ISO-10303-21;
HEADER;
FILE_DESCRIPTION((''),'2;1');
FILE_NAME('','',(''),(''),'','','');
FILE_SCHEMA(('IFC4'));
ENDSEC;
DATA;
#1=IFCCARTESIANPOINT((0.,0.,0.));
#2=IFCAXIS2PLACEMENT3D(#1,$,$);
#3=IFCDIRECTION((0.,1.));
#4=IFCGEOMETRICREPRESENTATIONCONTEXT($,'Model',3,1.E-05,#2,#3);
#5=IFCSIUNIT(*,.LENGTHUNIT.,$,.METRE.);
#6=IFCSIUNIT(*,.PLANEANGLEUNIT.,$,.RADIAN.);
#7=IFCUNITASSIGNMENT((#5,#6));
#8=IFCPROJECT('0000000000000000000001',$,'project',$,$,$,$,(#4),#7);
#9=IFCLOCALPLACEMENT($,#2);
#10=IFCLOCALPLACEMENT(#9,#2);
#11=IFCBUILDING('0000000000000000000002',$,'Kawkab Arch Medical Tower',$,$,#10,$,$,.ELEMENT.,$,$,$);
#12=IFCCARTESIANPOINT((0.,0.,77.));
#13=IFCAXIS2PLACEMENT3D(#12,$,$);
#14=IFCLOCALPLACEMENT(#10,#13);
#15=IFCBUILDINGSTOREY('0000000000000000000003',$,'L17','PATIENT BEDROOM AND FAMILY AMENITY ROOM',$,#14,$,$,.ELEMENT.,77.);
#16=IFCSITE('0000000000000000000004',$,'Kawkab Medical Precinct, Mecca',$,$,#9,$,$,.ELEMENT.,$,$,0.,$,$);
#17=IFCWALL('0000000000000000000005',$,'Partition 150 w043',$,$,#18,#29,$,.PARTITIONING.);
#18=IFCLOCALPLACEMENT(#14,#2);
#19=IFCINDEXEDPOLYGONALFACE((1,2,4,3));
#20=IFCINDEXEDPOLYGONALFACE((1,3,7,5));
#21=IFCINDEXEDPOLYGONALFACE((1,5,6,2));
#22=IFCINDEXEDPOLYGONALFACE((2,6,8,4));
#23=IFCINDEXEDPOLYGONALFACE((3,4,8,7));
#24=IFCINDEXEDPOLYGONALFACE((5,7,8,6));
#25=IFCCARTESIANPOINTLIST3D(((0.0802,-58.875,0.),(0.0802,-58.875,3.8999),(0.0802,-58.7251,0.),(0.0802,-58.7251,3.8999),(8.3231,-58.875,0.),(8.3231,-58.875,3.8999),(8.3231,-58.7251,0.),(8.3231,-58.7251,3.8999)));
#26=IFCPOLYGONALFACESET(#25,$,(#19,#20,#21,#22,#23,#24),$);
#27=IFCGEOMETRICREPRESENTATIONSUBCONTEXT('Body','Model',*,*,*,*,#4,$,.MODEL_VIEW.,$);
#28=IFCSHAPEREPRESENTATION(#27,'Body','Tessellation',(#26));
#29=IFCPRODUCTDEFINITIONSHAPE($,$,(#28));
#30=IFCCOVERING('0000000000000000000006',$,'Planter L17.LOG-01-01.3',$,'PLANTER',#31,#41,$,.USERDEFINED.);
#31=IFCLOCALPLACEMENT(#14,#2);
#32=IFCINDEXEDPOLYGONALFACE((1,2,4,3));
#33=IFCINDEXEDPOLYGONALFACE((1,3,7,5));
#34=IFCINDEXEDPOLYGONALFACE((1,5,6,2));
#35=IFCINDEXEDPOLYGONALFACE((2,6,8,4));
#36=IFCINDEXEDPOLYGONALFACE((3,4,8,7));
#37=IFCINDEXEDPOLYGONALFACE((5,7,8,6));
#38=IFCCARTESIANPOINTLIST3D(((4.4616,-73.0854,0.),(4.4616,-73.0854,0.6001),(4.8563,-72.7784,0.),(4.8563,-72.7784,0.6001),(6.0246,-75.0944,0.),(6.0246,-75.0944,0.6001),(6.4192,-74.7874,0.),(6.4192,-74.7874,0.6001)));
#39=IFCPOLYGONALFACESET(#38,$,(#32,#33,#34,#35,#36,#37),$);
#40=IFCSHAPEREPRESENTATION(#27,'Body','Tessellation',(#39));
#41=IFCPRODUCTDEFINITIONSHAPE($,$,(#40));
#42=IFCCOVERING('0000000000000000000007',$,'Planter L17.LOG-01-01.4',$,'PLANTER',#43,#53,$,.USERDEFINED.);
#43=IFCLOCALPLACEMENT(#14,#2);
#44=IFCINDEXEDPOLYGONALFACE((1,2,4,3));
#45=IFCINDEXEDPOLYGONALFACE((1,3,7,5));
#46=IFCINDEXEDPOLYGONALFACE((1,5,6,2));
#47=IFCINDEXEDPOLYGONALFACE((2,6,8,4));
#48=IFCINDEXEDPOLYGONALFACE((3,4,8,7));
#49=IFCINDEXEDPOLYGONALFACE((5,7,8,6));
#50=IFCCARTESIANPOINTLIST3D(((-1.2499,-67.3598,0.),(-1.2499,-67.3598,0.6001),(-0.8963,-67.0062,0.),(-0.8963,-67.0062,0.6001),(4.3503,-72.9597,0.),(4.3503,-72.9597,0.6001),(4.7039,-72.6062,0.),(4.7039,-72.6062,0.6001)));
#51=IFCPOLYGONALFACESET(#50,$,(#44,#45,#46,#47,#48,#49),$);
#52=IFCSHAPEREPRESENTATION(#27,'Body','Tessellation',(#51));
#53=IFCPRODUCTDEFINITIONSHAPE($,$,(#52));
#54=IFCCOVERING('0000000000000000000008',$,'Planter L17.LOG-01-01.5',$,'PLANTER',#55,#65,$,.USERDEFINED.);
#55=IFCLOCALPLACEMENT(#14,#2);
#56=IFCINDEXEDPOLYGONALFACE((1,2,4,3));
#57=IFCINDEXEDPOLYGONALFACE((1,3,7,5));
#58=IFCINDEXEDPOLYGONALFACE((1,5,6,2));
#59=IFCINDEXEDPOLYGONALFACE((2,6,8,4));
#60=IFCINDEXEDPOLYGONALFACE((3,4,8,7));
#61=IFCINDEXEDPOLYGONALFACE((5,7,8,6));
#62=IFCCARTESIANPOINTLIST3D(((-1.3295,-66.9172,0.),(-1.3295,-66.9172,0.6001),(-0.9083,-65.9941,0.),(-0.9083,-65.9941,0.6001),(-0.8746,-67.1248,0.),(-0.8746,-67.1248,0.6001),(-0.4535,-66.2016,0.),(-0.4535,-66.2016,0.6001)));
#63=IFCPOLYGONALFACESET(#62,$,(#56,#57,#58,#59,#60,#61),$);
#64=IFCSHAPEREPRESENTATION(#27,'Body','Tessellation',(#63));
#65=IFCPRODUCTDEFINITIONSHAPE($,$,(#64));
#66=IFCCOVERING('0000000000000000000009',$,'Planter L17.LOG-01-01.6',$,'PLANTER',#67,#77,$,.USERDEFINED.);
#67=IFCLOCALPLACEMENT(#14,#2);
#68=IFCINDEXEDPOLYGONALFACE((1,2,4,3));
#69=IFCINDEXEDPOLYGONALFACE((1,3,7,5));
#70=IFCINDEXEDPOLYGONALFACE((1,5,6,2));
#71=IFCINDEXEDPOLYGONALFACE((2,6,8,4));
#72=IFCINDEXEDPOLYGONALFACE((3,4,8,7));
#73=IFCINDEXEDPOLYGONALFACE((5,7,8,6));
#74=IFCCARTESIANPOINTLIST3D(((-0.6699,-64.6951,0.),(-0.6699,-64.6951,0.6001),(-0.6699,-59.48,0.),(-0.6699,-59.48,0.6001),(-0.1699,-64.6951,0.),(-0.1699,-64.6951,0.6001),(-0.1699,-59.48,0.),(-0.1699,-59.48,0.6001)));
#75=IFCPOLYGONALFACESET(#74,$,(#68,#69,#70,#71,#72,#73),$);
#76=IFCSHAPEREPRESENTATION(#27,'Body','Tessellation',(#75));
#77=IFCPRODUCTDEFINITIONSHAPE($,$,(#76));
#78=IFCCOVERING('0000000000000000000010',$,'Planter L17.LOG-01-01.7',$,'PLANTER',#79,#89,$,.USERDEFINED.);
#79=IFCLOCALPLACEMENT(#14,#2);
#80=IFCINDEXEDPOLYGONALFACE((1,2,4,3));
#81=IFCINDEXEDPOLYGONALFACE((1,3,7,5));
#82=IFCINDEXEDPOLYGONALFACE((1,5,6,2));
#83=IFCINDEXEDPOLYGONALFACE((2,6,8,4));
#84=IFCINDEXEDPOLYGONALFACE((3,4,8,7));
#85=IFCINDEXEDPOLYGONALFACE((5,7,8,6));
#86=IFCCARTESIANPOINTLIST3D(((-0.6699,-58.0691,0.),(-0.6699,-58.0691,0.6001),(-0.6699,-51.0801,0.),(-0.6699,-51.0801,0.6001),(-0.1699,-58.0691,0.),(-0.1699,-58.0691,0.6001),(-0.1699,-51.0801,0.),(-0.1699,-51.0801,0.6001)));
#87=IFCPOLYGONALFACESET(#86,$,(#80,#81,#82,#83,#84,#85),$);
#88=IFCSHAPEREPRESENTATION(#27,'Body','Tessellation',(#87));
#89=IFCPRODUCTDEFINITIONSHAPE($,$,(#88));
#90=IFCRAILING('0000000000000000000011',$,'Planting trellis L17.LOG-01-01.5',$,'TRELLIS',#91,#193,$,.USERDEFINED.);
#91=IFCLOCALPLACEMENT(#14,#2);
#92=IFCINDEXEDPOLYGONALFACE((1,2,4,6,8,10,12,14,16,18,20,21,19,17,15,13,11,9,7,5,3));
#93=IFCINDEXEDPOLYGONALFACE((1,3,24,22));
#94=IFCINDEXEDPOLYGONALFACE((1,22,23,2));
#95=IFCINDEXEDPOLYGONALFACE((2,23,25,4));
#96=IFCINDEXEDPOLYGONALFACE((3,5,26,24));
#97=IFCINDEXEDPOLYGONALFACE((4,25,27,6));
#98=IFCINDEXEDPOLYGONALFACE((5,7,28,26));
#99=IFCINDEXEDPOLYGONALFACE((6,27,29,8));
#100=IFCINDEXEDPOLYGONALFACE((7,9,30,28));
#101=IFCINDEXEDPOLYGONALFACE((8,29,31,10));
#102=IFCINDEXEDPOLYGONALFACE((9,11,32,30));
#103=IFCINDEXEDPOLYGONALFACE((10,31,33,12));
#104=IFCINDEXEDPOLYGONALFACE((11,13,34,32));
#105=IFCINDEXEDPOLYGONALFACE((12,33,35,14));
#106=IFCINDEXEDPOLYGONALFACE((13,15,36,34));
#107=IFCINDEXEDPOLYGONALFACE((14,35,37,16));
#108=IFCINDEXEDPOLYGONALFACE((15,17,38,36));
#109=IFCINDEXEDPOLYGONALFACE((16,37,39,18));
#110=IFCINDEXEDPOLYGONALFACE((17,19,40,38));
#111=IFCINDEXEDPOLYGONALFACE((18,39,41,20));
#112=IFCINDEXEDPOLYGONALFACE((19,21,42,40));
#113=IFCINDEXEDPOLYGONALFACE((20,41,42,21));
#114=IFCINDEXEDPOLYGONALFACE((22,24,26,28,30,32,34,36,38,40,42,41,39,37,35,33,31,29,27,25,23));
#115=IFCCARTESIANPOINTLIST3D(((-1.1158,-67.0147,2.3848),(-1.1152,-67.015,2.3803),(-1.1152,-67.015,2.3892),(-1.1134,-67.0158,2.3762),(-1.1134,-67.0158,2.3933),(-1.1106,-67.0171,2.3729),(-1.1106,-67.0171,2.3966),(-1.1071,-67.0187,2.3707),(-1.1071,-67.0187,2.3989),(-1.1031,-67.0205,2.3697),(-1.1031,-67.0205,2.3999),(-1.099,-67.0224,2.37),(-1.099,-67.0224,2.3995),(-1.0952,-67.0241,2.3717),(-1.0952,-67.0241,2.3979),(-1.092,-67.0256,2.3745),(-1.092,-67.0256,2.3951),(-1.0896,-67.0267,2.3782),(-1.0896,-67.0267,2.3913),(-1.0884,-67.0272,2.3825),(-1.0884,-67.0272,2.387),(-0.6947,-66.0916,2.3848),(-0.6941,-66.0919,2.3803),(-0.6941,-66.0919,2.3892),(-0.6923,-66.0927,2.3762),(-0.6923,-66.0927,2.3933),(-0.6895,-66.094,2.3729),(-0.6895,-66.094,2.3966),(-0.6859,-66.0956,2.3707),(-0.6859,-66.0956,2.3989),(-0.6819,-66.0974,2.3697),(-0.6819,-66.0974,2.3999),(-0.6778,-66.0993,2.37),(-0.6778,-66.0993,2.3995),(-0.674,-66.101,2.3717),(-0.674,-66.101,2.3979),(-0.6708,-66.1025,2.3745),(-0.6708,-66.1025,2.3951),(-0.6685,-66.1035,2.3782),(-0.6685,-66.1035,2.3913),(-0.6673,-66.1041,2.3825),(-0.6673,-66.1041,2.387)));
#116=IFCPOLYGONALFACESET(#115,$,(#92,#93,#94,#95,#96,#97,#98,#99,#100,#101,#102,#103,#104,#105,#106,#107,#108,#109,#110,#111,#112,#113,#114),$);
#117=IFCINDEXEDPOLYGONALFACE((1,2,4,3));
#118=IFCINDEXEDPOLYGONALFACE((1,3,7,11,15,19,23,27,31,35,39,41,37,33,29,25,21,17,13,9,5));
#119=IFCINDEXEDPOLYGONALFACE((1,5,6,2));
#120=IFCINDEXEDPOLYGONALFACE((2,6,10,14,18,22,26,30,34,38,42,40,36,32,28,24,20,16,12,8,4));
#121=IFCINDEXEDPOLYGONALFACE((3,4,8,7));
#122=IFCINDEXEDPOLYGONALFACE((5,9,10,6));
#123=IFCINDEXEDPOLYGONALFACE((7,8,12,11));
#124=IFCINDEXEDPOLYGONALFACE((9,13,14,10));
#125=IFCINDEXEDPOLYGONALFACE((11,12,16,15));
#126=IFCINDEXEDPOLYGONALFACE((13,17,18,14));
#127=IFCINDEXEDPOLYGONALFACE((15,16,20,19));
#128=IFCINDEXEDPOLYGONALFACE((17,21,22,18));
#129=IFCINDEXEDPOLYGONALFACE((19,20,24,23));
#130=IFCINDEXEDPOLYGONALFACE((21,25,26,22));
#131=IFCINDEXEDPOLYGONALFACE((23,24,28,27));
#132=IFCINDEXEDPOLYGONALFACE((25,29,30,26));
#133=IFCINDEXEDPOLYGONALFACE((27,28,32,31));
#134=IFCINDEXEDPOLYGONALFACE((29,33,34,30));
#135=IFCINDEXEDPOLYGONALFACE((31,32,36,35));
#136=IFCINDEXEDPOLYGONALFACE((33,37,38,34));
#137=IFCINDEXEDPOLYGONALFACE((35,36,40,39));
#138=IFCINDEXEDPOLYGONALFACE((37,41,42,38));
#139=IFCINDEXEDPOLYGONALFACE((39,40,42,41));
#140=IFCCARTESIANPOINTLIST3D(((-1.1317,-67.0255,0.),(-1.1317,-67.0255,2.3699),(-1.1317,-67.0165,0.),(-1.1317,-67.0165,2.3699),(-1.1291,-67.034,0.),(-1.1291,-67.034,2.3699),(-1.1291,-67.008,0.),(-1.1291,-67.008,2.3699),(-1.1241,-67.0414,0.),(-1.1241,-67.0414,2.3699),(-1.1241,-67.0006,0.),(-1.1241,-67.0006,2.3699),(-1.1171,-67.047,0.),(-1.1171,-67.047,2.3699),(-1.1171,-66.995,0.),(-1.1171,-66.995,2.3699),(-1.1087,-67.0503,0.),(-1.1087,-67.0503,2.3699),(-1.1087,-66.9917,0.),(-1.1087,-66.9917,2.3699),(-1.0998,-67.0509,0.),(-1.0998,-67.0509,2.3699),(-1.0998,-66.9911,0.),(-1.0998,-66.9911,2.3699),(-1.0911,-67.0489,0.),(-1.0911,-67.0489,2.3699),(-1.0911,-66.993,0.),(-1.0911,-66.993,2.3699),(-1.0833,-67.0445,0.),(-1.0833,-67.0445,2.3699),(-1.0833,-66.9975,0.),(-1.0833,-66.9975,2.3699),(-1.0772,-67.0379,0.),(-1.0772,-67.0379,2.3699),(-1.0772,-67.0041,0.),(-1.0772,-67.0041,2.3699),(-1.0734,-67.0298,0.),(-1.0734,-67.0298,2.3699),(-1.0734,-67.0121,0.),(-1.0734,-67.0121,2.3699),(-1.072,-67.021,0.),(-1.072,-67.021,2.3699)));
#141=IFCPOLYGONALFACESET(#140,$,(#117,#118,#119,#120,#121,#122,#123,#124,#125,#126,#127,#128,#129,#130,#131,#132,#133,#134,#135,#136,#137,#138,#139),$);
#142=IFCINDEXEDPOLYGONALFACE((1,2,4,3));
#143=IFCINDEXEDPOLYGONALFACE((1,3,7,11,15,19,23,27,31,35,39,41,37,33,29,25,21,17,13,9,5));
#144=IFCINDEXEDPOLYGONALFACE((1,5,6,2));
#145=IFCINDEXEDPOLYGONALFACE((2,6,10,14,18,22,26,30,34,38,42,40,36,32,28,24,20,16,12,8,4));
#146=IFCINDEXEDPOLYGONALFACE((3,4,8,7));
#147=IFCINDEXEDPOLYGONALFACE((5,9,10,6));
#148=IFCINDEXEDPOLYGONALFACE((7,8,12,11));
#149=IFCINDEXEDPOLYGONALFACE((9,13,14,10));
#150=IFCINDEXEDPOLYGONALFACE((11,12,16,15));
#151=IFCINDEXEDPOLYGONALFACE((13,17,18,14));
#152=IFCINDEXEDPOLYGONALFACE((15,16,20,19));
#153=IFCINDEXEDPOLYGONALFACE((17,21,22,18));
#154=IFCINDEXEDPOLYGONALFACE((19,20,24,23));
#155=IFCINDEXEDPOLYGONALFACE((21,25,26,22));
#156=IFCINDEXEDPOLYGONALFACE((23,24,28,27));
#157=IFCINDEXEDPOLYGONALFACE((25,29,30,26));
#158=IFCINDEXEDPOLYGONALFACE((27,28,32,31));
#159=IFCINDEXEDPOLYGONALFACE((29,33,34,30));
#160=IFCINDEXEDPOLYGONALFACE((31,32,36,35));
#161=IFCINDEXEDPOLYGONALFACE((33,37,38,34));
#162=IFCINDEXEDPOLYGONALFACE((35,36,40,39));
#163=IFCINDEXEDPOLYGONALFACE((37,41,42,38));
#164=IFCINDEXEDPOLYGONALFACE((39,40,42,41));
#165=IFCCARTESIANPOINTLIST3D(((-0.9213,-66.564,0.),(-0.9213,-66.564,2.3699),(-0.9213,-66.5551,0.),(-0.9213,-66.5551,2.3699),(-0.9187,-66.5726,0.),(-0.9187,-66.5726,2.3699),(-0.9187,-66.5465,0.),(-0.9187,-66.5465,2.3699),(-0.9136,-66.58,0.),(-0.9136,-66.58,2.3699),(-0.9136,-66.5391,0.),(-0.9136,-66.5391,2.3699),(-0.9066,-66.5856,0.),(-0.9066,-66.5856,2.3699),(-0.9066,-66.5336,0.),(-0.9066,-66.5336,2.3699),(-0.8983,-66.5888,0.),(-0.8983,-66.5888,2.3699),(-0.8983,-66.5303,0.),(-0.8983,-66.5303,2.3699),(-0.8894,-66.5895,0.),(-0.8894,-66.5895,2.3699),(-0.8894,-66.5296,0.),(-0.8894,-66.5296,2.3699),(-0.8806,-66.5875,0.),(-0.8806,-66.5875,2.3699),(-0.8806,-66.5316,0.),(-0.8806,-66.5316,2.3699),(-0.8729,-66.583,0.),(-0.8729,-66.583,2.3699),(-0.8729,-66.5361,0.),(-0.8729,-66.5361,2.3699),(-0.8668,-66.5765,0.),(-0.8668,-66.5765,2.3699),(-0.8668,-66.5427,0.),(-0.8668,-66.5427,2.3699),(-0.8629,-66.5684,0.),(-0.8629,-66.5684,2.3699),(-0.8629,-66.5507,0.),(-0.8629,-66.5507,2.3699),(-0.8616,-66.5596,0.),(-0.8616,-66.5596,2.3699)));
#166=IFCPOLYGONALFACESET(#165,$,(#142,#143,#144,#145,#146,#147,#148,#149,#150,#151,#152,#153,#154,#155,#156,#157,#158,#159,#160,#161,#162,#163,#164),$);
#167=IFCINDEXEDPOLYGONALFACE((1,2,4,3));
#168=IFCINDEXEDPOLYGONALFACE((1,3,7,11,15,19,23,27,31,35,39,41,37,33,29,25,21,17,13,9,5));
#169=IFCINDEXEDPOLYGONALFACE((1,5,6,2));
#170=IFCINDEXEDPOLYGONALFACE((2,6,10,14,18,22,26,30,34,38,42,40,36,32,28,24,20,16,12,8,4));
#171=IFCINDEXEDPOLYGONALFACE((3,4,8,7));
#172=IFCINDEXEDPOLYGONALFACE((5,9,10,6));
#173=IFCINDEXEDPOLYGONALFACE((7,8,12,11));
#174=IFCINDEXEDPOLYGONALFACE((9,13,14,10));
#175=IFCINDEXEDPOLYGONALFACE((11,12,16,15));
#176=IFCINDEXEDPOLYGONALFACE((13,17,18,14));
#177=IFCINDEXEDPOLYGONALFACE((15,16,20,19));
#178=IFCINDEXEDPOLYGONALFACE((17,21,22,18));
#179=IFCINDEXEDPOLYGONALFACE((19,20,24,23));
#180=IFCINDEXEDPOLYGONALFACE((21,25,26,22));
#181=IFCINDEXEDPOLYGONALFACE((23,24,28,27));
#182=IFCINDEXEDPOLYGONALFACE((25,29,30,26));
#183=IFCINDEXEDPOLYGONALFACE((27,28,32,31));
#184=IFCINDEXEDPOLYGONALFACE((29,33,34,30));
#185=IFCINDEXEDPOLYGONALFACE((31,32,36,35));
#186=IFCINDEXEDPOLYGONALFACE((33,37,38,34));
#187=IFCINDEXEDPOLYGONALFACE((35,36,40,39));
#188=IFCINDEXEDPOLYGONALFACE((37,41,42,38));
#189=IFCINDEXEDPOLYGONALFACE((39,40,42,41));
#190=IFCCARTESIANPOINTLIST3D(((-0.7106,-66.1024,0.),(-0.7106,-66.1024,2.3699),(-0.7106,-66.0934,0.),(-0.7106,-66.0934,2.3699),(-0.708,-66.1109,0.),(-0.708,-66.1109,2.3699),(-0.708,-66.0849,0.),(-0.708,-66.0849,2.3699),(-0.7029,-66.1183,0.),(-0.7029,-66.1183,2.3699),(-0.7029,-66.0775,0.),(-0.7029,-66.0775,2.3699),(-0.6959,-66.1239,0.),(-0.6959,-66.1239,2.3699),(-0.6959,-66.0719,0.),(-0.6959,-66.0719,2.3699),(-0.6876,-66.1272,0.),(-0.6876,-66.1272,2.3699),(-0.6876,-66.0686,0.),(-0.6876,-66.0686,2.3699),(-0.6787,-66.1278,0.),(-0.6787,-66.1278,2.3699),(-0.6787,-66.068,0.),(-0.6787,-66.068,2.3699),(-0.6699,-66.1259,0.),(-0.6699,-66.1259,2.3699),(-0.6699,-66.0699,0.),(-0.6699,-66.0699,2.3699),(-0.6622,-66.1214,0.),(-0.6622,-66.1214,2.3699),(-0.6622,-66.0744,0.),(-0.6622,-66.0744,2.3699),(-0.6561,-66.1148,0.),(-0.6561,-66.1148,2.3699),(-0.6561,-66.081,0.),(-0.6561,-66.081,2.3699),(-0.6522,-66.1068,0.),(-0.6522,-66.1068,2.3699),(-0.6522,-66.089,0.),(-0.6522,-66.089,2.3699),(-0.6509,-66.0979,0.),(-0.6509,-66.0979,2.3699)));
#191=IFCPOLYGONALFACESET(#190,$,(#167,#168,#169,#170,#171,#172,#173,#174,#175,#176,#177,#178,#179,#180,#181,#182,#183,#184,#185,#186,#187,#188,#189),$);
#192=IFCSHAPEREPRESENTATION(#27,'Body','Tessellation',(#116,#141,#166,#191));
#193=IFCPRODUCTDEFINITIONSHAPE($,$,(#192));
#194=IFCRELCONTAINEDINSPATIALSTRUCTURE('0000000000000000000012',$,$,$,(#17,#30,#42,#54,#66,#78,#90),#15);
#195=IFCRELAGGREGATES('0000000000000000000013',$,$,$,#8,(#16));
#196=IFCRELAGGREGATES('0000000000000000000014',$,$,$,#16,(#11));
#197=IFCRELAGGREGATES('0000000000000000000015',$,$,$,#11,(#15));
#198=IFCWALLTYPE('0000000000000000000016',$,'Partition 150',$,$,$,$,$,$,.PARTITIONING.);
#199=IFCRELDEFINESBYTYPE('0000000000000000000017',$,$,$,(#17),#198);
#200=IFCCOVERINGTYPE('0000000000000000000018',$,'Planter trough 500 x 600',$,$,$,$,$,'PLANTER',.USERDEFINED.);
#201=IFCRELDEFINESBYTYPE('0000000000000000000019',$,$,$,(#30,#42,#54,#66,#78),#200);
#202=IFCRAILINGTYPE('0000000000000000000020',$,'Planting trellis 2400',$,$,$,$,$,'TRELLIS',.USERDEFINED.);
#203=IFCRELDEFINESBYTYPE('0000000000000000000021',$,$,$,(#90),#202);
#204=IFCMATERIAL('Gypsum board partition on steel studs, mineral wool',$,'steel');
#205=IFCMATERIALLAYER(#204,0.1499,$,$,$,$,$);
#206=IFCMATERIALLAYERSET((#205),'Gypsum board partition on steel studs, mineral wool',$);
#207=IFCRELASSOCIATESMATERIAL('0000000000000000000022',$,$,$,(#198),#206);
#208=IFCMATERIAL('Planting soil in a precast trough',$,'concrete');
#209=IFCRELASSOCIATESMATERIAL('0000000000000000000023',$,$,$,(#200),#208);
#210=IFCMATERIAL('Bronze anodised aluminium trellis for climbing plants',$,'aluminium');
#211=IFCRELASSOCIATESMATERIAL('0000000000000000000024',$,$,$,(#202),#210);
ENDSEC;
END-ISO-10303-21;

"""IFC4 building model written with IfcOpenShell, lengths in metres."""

from ifc_helpers import new_model, si_unit, direction, frame, frame_2d, origin, origin_2d, place, context, subcontext, project, spatial, rectangle, circle, extrude, material, layer, layer_set, material_profile, profile_set, type_object, element, save


model = new_model("IFC4")

# Units and contexts
model_context = context("Model", 3, precision=1e-05, world=origin(), true_north=direction((0.0, 1.0)))
body_context = subcontext(model_context, "Body", "Model", "MODEL_VIEW")
ifc_project = project(units=[si_unit("LENGTHUNIT", "METRE"), si_unit("PLANEANGLEUNIT", "RADIAN")], contexts=[model_context])

# Site, building, storey
site_placement = place(None, origin())
site = spatial("IfcSite", under=ifc_project, at=site_placement, Name="Kawkab Medical Precinct, Mecca", CompositionType="ELEMENT", RefElevation=0.0)
building_placement = place(site_placement, origin())
building = spatial("IfcBuilding", under=site, at=building_placement, Name="Kawkab Arch Medical Tower", CompositionType="ELEMENT")
storey_placement = place(building_placement, frame((0.0, 0.0, 77.0)))
storey = spatial("IfcBuildingStorey", under=building, at=storey_placement, Name="L17", Description="PATIENT BEDROOM AND FAMILY AMENITY ROOM", CompositionType="ELEMENT", Elevation=77.0)

# Wall
ifc_material_1 = material(Name="Gypsum board partition on steel studs, mineral wool", Category="steel")
ifc_layer_1 = layer(ifc_material_1, 0.1499)
ifc_layer_set_1 = layer_set([ifc_layer_1], Name="Gypsum board partition on steel studs, mineral wool")
wall_type_1 = type_object("IfcWallType", Name="Partition 150", PredefinedType="PARTITIONING", material=ifc_layer_set_1)
wall_1_placement = place(storey_placement, frame((0.0801, -58.8, 0.0), z_axis=(0.0, 0.0, 1.0), x_axis=(1.0, 0.0, 0.0)))
element("IfcWall", 1, at=wall_1_placement, inside=storey, type_object=wall_type_1, Name="Partition 150 w043", PredefinedType="PARTITIONING", context=body_context, shape_type="SweptSolid", body=[
    extrude(rectangle(XDim=8.2429, YDim=0.1499, at=frame_2d((4.1216, 0.0))), origin(), (0.0, 0.0, 1.0), 3.8999),
])

# Coverings
ifc_material_2 = material(Name="Planting soil in a precast trough", Category="concrete")
ifc_material_profile_1 = material_profile(ifc_material_2, rectangle(XDim=0.5, YDim=0.6001, at=origin_2d()), Name="Trough 500x600")
ifc_profile_set_1 = profile_set([ifc_material_profile_1], Name="Planting soil in a precast trough")
covering_type = type_object("IfcCoveringType", Name="Planter trough 500 x 600", ElementType="PLANTER", PredefinedType="USERDEFINED", material=ifc_profile_set_1)
covering_1_placement = place(storey_placement, frame((6.2219, -74.9409, 0.3), z_axis=(-0.61404, 0.789275, 0.0), x_axis=(-0.789275, -0.61404, 0.0)))
element("IfcCovering", 2, at=covering_1_placement, inside=storey, type_object=covering_type, Name="Planter L17.LOG-01-01.3", ObjectType="PLANTER", PredefinedType="USERDEFINED", context=body_context, shape_type="SweptSolid", body=[
    extrude(rectangle(XDim=0.5, YDim=0.6001, at=origin_2d()), origin(), (0.0, 0.0, 1.0), 2.5454),
])
covering_2_placement = place(storey_placement, frame((4.5271, -72.783, 0.3), z_axis=(-0.707122, 0.707091, 0.0), x_axis=(-0.707091, -0.707122, 0.0)))
element("IfcCovering", 3, at=covering_2_placement, inside=storey, type_object=covering_type, Name="Planter L17.LOG-01-01.4", ObjectType="PLANTER", PredefinedType="USERDEFINED", context=body_context, shape_type="SweptSolid", body=[
    extrude(rectangle(XDim=0.5, YDim=0.6001, at=origin_2d()), origin(), (0.0, 0.0, 1.0), 7.9197),
])
covering_3_placement = place(storey_placement, frame((-1.1021, -67.021, 0.3), z_axis=(0.415072, 0.909789, 0.0), x_axis=(-0.909789, 0.415072, 0.0)))
element("IfcCovering", 4, at=covering_3_placement, inside=storey, type_object=covering_type, Name="Planter L17.LOG-01-01.5", ObjectType="PLANTER", PredefinedType="USERDEFINED", context=body_context, shape_type="SweptSolid", body=[
    extrude(rectangle(XDim=0.5, YDim=0.6001, at=origin_2d()), origin(), (0.0, 0.0, 1.0), 1.0146),
])
covering_4_placement = place(storey_placement, frame((-0.4199, -64.6951, 0.3), z_axis=(0.0, 1.0, 0.0), x_axis=(-1.0, 0.0, 0.0)))
element("IfcCovering", 5, at=covering_4_placement, inside=storey, type_object=covering_type, Name="Planter L17.LOG-01-01.6", ObjectType="PLANTER", PredefinedType="USERDEFINED", context=body_context, shape_type="SweptSolid", body=[
    extrude(rectangle(XDim=0.5, YDim=0.6001, at=origin_2d()), origin(), (0.0, 0.0, 1.0), 5.2151),
])
covering_5_placement = place(storey_placement, frame((-0.4199, -58.0691, 0.3), z_axis=(0.0, 1.0, 0.0), x_axis=(-1.0, 0.0, 0.0)))
element("IfcCovering", 6, at=covering_5_placement, inside=storey, type_object=covering_type, Name="Planter L17.LOG-01-01.7", ObjectType="PLANTER", PredefinedType="USERDEFINED", context=body_context, shape_type="SweptSolid", body=[
    extrude(rectangle(XDim=0.5, YDim=0.6001, at=origin_2d()), origin(), (0.0, 0.0, 1.0), 6.989),
])

# Railing
ifc_material_3 = material(Name="Bronze anodised aluminium trellis for climbing plants", Category="aluminium")
railing_type = type_object("IfcRailingType", Name="Planting trellis 2400", ElementType="TRELLIS", PredefinedType="USERDEFINED", material=ifc_material_3)
railing_1_placement = place(storey_placement, frame((-1.1021, -67.021, 0.0)))
element("IfcRailing", 7, at=railing_1_placement, inside=storey, type_object=railing_type, Name="Planting trellis L17.LOG-01-01.5", ObjectType="TRELLIS", PredefinedType="USERDEFINED", context=body_context, shape_type="SweptSolid", body=[
    extrude(circle(Radius=0.0151, at=origin_2d()), frame((0.0, 0.0, 2.3848), z_axis=(0.415072, 0.909789, 0.0), x_axis=(-0.909789, 0.415072, 0.0)), (0.0, 0.0, 1.0), 1.0146),
    extrude(circle(Radius=0.03, at=origin_2d()), origin(), (0.0, 0.0, 1.0), 2.3699),
    extrude(circle(Radius=0.03, at=origin_2d()), frame((0.2104, 0.4614, 0.0)), (0.0, 0.0, 1.0), 2.3699),
    extrude(circle(Radius=0.03, at=origin_2d()), frame((0.4211, 0.9231, 0.0)), (0.0, 0.0, 1.0), 2.3699),
])

save(model, "model.ifc")
